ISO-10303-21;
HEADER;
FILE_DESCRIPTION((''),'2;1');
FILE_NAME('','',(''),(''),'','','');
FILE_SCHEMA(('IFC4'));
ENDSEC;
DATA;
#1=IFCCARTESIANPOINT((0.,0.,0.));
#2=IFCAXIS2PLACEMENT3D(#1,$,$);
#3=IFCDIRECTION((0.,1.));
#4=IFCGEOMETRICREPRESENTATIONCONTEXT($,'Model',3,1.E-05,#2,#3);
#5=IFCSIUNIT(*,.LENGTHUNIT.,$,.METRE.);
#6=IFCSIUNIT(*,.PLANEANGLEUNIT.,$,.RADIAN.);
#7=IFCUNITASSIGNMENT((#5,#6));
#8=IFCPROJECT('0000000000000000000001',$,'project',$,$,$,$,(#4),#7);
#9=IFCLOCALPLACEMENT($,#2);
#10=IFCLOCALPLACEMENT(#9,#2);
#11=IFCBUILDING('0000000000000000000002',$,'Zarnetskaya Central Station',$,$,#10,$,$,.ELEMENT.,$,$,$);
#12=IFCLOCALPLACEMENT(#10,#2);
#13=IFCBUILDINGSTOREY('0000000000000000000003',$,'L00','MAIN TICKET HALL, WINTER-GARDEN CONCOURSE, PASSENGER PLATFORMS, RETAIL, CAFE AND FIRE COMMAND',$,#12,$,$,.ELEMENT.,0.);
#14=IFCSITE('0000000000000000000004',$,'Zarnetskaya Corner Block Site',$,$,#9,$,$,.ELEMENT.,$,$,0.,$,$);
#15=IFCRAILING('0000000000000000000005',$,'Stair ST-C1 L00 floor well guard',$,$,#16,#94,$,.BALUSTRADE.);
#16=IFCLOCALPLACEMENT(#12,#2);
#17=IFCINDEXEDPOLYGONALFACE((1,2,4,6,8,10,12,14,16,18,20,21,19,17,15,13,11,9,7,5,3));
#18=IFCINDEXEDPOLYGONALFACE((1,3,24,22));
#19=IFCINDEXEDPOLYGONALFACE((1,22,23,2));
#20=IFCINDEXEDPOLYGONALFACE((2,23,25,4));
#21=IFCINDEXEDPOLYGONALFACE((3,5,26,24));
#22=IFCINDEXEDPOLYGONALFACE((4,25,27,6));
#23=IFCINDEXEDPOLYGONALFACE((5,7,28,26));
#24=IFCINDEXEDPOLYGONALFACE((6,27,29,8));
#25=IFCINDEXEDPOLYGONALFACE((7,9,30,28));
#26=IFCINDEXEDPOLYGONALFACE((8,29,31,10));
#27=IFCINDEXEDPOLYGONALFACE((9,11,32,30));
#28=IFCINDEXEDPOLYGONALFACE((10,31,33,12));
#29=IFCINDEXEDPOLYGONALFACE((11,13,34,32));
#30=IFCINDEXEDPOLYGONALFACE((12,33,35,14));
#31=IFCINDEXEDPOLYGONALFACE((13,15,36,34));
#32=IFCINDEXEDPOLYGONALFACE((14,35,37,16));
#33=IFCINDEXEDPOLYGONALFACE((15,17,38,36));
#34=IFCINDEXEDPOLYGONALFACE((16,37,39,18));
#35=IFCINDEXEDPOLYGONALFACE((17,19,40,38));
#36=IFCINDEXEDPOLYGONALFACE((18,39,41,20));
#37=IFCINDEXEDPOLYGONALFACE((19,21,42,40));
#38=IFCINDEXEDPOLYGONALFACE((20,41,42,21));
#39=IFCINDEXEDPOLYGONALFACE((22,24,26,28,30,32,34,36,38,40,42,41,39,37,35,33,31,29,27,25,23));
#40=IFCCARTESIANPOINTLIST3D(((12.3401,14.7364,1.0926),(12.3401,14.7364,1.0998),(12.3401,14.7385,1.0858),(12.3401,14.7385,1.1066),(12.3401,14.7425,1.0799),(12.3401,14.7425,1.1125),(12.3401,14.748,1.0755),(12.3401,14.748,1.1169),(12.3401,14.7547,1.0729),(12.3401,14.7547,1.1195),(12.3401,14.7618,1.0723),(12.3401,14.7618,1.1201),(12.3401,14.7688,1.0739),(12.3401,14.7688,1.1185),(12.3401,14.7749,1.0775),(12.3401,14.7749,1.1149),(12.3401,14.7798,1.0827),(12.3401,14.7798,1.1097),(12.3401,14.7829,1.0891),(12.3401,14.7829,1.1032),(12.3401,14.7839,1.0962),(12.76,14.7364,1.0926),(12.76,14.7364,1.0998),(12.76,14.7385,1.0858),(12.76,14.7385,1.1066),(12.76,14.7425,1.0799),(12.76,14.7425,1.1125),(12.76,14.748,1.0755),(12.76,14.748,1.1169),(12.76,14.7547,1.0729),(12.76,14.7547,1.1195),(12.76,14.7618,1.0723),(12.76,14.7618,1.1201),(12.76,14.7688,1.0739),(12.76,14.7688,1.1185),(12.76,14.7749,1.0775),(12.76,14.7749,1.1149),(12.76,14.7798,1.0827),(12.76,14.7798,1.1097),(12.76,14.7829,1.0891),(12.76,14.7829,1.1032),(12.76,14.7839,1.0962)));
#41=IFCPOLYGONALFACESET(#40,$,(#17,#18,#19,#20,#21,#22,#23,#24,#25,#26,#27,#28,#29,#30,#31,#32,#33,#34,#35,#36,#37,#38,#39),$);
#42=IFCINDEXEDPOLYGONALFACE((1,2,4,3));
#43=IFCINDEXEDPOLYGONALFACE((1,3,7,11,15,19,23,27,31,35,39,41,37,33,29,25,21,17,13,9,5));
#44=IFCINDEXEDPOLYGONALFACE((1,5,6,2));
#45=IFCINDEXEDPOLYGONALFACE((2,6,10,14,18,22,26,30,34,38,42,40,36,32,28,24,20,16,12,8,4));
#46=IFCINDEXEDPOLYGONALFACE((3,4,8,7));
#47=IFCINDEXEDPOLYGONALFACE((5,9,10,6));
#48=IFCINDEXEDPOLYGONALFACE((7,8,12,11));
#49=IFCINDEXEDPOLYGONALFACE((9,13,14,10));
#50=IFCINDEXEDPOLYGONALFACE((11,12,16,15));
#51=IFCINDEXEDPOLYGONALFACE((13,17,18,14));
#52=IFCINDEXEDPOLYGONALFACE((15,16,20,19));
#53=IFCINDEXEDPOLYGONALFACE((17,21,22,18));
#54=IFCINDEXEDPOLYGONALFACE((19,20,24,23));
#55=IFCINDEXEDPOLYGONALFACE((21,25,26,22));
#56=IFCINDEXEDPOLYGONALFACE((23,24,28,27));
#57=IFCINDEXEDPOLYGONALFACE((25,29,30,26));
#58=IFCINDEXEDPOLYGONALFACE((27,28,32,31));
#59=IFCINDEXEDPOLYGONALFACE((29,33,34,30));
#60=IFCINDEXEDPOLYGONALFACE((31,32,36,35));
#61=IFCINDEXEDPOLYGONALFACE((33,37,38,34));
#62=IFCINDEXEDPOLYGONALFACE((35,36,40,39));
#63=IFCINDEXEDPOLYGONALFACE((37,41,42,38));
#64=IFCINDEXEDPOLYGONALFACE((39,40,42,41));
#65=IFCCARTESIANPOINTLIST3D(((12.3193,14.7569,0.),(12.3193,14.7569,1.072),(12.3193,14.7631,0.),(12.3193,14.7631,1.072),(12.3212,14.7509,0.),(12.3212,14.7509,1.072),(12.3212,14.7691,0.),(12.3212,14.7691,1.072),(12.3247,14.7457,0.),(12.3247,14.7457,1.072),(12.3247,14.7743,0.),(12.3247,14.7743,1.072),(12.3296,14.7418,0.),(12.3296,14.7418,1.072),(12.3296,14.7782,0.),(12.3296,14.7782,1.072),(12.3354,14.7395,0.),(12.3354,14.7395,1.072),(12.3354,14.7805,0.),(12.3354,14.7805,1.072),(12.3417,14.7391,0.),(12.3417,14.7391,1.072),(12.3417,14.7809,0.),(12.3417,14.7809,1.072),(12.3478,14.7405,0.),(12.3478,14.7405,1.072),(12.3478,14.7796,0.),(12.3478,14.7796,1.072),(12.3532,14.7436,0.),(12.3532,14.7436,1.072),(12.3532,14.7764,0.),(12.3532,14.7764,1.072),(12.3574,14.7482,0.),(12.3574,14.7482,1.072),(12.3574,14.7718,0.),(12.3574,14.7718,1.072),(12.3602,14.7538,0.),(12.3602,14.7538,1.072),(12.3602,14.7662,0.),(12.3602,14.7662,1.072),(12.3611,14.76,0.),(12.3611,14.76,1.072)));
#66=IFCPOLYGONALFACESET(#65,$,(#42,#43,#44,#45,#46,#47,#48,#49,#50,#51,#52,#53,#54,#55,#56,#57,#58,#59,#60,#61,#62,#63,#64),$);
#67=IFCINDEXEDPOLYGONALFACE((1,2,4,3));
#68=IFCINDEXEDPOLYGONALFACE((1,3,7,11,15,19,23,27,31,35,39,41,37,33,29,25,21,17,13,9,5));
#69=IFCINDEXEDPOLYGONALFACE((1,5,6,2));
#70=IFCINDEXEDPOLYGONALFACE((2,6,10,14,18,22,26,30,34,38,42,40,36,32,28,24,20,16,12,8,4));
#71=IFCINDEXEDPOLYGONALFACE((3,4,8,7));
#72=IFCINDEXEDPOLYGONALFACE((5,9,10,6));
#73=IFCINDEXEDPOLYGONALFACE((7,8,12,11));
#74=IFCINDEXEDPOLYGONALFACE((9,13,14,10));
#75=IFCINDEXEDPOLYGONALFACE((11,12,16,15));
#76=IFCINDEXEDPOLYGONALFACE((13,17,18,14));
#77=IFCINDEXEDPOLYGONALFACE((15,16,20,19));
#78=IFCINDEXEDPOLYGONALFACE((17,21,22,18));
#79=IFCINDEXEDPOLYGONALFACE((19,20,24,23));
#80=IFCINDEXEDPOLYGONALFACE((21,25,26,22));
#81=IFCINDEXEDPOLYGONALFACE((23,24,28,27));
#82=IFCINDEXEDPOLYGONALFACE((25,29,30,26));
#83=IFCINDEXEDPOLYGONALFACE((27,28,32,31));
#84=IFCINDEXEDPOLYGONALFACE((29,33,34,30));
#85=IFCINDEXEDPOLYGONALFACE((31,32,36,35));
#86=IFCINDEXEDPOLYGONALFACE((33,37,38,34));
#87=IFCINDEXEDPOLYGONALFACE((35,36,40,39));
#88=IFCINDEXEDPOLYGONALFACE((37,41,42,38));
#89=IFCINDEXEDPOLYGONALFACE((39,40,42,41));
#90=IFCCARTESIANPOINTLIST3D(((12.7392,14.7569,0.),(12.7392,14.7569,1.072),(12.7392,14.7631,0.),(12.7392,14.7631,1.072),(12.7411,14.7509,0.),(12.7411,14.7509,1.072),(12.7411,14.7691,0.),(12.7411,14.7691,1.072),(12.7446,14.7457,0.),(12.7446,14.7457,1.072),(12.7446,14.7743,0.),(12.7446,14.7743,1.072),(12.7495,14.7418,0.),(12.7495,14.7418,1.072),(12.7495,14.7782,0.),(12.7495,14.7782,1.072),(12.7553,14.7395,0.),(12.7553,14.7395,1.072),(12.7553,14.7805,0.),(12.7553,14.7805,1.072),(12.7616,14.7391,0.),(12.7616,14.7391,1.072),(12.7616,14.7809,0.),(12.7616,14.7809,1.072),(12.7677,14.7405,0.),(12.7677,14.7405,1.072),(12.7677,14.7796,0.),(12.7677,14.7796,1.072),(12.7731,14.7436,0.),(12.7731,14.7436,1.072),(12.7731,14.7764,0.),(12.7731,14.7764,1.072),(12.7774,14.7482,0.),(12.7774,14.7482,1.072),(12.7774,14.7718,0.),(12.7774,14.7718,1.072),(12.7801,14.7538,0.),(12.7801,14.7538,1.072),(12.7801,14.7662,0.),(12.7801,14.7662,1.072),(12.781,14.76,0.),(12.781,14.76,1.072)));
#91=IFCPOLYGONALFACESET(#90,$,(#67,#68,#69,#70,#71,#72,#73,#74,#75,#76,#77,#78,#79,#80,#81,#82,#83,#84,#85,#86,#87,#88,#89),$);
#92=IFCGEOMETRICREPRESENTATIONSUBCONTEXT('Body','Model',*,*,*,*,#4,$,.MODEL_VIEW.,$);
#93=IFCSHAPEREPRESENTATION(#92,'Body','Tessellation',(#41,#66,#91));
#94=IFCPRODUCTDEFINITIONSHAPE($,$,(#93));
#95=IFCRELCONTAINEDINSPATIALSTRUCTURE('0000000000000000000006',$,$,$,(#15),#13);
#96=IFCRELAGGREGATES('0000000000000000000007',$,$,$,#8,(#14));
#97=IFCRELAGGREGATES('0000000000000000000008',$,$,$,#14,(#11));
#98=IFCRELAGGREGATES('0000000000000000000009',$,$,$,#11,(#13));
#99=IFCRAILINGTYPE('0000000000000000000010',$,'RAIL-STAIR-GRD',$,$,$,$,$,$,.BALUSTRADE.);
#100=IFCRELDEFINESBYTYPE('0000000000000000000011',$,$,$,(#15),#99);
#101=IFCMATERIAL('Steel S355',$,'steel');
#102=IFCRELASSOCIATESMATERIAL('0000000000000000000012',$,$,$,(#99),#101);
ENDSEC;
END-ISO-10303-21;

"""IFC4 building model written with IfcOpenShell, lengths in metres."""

from ifc_helpers import new_model, si_unit, direction, frame, origin, origin_2d, place, context, subcontext, project, spatial, circle, extrude, material, type_object, element, save


model = new_model("IFC4")

# Units and contexts
model_context = context("Model", 3, precision=1e-05, world=origin(), true_north=direction((0.0, 1.0)))
body_context = subcontext(model_context, "Body", "Model", "MODEL_VIEW")
ifc_project = project(units=[si_unit("LENGTHUNIT", "METRE"), si_unit("PLANEANGLEUNIT", "RADIAN")], contexts=[model_context])

# Site, building, storey
site_placement = place(None, origin())
site = spatial("IfcSite", under=ifc_project, at=site_placement, Name="Zarnetskaya Corner Block Site", CompositionType="ELEMENT", RefElevation=0.0)
building_placement = place(site_placement, origin())
building = spatial("IfcBuilding", under=site, at=building_placement, Name="Zarnetskaya Central Station", CompositionType="ELEMENT")
storey_placement = place(building_placement, origin())
storey = spatial("IfcBuildingStorey", under=building, at=storey_placement, Name="L00", Description="MAIN TICKET HALL, WINTER-GARDEN CONCOURSE, PASSENGER PLATFORMS, RETAIL, CAFE AND FIRE COMMAND", CompositionType="ELEMENT", Elevation=0.0)

# Shared definitions
ifc_material_1 = material(Name="Steel S355", Category="steel")

# Railing
railing_type_1 = type_object("IfcRailingType", Name="RAIL-STAIR-GRD", PredefinedType="BALUSTRADE", material=ifc_material_1)
railing_1_placement = place(storey_placement, frame((12.3401, 14.76, 0.0)))
element("IfcRailing", 1, at=railing_1_placement, inside=storey, type_object=railing_type_1, Name="Stair ST-C1 L00 floor well guard", PredefinedType="BALUSTRADE", context=body_context, shape_type="SweptSolid", body=[
    extrude(circle(Radius=0.0239, at=origin_2d()), frame((0.0, 0.0, 1.0962), z_axis=(1.0, 0.0, 0.0), x_axis=(0.0, 1.0, 0.0)), (0.0, 0.0, 1.0), 0.4199),
    extrude(circle(Radius=0.021, at=origin_2d()), origin(), (0.0, 0.0, 1.0), 1.072),
    extrude(circle(Radius=0.021, at=origin_2d()), frame((0.4199, 0.0, 0.0)), (0.0, 0.0, 1.0), 1.072),
])

save(model, "model.ifc")
